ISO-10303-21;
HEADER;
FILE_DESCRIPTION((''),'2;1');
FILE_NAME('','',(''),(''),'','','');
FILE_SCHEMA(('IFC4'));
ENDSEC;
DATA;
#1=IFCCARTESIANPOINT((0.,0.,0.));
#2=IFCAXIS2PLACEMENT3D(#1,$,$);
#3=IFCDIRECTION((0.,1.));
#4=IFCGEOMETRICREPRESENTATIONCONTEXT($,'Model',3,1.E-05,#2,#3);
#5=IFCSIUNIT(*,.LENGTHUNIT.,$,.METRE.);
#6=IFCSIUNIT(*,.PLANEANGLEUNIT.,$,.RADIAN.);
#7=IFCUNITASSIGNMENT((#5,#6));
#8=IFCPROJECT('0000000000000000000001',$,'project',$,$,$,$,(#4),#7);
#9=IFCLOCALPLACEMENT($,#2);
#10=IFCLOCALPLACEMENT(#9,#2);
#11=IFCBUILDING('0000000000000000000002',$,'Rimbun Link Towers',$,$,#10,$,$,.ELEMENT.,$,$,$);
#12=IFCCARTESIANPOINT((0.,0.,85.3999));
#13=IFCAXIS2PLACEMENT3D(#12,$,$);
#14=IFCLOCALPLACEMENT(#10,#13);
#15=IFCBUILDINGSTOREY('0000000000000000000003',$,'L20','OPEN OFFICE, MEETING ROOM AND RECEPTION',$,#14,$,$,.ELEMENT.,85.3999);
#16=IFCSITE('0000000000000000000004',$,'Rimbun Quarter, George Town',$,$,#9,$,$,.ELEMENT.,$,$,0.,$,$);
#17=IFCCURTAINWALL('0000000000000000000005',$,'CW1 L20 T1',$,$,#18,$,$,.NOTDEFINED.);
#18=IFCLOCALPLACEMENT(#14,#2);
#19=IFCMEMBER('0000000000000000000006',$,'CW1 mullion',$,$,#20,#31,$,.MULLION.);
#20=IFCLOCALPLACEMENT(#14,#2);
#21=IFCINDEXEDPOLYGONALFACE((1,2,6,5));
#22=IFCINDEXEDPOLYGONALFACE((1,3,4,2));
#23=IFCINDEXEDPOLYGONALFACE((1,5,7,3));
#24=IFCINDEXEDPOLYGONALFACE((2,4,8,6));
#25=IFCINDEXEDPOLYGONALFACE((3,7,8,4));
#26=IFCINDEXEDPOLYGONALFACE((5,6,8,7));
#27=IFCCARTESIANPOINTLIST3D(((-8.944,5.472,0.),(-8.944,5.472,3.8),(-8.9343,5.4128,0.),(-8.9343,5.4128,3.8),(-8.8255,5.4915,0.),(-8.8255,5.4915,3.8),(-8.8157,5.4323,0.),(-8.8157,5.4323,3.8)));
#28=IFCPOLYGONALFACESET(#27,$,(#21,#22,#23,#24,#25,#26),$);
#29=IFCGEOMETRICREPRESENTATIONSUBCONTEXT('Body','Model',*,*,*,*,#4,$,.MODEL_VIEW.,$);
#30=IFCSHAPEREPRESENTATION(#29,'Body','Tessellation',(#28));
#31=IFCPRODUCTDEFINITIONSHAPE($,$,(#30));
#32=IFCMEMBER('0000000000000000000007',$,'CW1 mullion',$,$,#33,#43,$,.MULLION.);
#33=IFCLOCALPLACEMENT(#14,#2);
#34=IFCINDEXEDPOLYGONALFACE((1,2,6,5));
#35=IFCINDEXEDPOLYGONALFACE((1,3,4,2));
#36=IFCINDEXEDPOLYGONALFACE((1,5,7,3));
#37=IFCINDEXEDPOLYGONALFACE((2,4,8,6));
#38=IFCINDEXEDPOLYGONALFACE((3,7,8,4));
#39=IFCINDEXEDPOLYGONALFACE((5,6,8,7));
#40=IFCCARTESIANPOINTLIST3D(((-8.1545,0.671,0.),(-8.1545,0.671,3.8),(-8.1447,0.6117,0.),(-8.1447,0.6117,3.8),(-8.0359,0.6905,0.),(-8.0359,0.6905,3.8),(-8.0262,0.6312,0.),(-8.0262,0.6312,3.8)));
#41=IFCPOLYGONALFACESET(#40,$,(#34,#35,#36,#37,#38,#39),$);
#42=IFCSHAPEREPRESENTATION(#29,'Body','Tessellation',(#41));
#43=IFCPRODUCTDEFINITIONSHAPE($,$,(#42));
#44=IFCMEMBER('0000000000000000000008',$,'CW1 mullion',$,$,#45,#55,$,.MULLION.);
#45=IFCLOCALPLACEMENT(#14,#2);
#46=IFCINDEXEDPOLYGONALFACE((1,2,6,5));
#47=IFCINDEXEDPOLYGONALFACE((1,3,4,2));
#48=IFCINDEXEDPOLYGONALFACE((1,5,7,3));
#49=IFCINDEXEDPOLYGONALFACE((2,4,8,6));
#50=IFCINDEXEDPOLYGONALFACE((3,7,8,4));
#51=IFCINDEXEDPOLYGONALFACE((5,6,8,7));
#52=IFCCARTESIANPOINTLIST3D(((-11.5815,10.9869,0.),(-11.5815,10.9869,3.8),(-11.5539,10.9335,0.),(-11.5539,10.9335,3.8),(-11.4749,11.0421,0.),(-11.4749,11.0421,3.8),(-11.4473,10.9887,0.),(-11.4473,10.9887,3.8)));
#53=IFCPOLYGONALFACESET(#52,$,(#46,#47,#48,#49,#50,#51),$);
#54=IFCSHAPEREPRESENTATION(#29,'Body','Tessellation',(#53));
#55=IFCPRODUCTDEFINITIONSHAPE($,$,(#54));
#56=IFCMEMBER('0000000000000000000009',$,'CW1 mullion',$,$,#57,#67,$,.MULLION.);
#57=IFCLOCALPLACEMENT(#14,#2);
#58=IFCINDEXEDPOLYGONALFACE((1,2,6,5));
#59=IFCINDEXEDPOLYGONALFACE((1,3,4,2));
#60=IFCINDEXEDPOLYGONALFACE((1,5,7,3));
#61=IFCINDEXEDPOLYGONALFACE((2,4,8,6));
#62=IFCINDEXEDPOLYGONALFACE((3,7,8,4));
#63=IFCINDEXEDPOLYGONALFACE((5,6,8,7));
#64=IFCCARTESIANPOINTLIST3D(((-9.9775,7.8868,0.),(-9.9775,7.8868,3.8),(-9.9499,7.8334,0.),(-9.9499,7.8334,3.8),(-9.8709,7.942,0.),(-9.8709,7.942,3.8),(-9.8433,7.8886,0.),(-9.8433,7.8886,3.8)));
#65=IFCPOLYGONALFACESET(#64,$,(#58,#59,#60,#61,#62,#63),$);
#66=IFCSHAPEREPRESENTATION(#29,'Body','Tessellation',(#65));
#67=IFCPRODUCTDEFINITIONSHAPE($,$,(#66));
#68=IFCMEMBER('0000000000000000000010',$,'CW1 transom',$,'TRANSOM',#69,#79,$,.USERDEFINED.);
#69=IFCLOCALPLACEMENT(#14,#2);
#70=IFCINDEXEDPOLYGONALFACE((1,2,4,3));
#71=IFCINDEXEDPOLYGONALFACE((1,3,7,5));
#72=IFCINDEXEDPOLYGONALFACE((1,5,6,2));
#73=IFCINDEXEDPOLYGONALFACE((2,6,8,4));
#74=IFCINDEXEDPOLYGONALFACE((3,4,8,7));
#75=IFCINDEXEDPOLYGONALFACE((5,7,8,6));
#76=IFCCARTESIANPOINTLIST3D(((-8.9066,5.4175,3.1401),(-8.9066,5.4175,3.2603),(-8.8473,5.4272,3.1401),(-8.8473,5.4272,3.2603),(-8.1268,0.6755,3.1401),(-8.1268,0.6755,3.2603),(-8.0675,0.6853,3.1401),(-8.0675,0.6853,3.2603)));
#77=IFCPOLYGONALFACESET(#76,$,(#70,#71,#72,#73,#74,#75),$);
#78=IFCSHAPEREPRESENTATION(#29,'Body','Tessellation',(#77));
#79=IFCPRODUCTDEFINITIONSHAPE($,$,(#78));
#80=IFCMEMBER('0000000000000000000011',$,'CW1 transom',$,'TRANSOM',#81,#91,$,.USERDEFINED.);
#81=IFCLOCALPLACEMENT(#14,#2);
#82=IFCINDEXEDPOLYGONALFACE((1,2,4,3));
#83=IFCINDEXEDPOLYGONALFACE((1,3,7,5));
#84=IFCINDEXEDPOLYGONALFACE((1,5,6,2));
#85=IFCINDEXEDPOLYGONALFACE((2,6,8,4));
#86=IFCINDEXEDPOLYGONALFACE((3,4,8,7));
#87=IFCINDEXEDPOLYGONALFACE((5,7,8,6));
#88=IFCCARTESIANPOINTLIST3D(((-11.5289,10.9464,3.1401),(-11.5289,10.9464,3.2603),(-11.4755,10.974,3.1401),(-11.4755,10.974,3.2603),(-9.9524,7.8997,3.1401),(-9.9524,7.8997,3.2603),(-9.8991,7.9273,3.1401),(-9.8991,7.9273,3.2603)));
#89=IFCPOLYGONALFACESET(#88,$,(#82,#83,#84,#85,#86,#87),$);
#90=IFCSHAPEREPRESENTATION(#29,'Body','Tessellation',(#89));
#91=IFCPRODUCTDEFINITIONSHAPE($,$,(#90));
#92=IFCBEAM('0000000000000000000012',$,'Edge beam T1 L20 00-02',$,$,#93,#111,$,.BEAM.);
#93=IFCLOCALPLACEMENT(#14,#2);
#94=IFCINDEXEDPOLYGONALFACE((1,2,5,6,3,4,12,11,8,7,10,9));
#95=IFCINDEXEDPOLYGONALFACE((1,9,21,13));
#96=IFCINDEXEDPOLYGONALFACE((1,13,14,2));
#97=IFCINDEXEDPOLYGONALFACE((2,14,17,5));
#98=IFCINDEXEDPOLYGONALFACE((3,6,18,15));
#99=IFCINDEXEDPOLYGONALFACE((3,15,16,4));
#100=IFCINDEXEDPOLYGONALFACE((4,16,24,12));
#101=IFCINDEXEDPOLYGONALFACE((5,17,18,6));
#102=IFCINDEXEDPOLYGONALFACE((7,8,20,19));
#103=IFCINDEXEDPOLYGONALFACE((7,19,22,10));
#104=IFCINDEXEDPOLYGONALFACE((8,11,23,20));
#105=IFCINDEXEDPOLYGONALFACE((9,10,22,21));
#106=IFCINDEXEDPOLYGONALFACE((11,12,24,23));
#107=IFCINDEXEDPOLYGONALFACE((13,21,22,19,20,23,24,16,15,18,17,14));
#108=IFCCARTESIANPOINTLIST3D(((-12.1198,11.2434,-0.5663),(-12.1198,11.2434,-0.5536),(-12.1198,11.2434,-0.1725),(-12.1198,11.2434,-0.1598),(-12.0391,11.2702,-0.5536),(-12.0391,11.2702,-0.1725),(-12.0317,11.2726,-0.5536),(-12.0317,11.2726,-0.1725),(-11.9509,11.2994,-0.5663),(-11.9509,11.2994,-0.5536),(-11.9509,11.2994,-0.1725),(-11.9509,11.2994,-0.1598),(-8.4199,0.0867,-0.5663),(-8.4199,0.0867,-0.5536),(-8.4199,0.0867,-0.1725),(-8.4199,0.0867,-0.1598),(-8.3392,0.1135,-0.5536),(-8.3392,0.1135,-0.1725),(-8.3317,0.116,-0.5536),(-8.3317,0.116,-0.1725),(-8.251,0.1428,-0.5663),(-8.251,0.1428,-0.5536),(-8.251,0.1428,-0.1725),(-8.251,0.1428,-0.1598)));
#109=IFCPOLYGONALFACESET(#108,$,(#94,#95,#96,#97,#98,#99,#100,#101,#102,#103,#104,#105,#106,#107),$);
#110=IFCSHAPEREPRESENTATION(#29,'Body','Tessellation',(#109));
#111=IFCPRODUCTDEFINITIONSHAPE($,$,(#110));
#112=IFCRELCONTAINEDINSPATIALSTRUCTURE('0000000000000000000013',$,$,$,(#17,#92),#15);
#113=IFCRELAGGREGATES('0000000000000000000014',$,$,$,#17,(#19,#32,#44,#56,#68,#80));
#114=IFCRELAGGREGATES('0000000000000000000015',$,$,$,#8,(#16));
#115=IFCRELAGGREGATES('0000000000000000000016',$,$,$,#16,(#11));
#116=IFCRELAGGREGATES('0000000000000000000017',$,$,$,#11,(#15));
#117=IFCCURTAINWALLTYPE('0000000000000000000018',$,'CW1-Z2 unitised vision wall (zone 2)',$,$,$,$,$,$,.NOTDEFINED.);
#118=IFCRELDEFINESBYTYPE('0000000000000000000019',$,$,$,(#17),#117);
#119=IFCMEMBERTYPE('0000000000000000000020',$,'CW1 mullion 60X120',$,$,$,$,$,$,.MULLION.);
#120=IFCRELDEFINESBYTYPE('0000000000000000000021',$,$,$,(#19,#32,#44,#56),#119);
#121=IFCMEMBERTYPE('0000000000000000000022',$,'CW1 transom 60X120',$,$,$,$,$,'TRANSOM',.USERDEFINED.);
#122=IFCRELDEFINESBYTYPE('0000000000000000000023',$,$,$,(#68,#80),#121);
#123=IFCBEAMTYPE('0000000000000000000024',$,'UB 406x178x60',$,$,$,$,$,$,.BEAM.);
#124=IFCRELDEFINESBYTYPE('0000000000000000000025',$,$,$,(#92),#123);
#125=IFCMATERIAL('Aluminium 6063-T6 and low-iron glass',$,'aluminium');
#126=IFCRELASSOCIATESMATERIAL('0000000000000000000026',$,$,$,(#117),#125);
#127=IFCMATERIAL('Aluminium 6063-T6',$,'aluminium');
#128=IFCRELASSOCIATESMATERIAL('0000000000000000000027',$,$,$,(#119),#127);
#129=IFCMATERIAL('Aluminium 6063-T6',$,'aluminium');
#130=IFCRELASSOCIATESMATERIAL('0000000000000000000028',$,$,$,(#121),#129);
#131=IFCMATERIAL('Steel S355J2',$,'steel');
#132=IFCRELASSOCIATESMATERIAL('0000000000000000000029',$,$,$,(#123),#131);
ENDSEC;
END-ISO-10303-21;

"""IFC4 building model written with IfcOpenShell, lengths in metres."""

from ifc_helpers import new_model, si_unit, direction, frame, origin, origin_2d, place, context, subcontext, project, spatial, rectangle, i_section, extrude, material, material_profile, profile_set, type_object, element, aggregate, save


model = new_model("IFC4")

# Units and contexts
model_context = context("Model", 3, precision=1e-05, world=origin(), true_north=direction((0.0, 1.0)))
body_context = subcontext(model_context, "Body", "Model", "MODEL_VIEW")
ifc_project = project(units=[si_unit("LENGTHUNIT", "METRE"), si_unit("PLANEANGLEUNIT", "RADIAN")], contexts=[model_context])

# Site, building, storey
site_placement = place(None, origin())
site = spatial("IfcSite", under=ifc_project, at=site_placement, Name="Rimbun Quarter, George Town", CompositionType="ELEMENT", RefElevation=0.0)
building_placement = place(site_placement, origin())
building = spatial("IfcBuilding", under=site, at=building_placement, Name="Rimbun Link Towers", CompositionType="ELEMENT")
storey_placement = place(building_placement, frame((0.0, 0.0, 85.3999)))
storey = spatial("IfcBuildingStorey", under=building, at=storey_placement, Name="L20", Description="OPEN OFFICE, MEETING ROOM AND RECEPTION", CompositionType="ELEMENT", Elevation=85.3999)

# Curtain wall, members
ifc_material_1 = material(Name="Aluminium 6063-T6 and low-iron glass", Category="aluminium")
curtain_wall_type = type_object("IfcCurtainWallType", Name="CW1-Z2 unitised vision wall (zone 2)", PredefinedType="NOTDEFINED", material=ifc_material_1)
curtain_wall_placement = place(storey_placement, origin())
curtain_wall = element("IfcCurtainWall", 1, at=curtain_wall_placement, inside=storey, type_object=curtain_wall_type, Name="CW1 L20 T1", PredefinedType="NOTDEFINED")
ifc_material_2 = material(Name="Aluminium 6063-T6", Category="aluminium")
ifc_material_profile_1 = material_profile(ifc_material_2, rectangle(XDim=0.1201, YDim=0.0601, at=origin_2d()), Name="MULLION 60X120")
ifc_profile_set_1 = profile_set([ifc_material_profile_1], Name="Aluminium 6063-T6")
member_type_1 = type_object("IfcMemberType", Name="CW1 mullion 60X120", PredefinedType="MULLION", material=ifc_profile_set_1)
member_1_placement = place(storey_placement, frame((-8.8799, 5.4521, 0.0), z_axis=(0.0, 0.0, 1.0), x_axis=(0.986749, 0.162255, 0.0)))
member_1 = element("IfcMember", 2, at=member_1_placement, type_object=member_type_1, Name="CW1 mullion", PredefinedType="MULLION", context=body_context, shape_type="SweptSolid", body=[
    extrude(rectangle(XDim=0.1201, YDim=0.0601, at=origin_2d()), origin(), (0.0, 0.0, 1.0), 3.8),
])
member_2_placement = place(storey_placement, frame((-8.0903, 0.6511, 0.0), z_axis=(0.0, 0.0, 1.0), x_axis=(0.986749, 0.162255, 0.0)))
member_2 = element("IfcMember", 3, at=member_2_placement, type_object=member_type_1, Name="CW1 mullion", PredefinedType="MULLION", context=body_context, shape_type="SweptSolid", body=[
    extrude(rectangle(XDim=0.1201, YDim=0.0601, at=origin_2d()), origin(), (0.0, 0.0, 1.0), 3.8),
])
member_3_placement = place(storey_placement, frame((-11.5144, 10.9878, 0.0), z_axis=(0.0, 0.0, 1.0), x_axis=(0.888155, 0.459544, 0.0)))
member_3 = element("IfcMember", 4, at=member_3_placement, type_object=member_type_1, Name="CW1 mullion", PredefinedType="MULLION", context=body_context, shape_type="SweptSolid", body=[
    extrude(rectangle(XDim=0.1201, YDim=0.0601, at=origin_2d()), origin(), (0.0, 0.0, 1.0), 3.8),
])
member_4_placement = place(storey_placement, frame((-9.9104, 7.8877, 0.0), z_axis=(0.0, 0.0, 1.0), x_axis=(0.888155, 0.459544, 0.0)))
member_4 = element("IfcMember", 5, at=member_4_placement, type_object=member_type_1, Name="CW1 mullion", PredefinedType="MULLION", context=body_context, shape_type="SweptSolid", body=[
    extrude(rectangle(XDim=0.1201, YDim=0.0601, at=origin_2d()), origin(), (0.0, 0.0, 1.0), 3.8),
])
ifc_material_3 = material(Name="Aluminium 6063-T6", Category="aluminium")
ifc_material_profile_2 = material_profile(ifc_material_3, rectangle(XDim=0.0601, YDim=0.1201, at=origin_2d()), Name="TRANSOM 60X120")
ifc_profile_set_2 = profile_set([ifc_material_profile_2], Name="Aluminium 6063-T6")
member_type_2 = type_object("IfcMemberType", Name="CW1 transom 60X120", ElementType="TRANSOM", PredefinedType="USERDEFINED", material=ifc_profile_set_2)
member_5_placement = place(storey_placement, frame((-8.877, 5.4224, 3.2002), z_axis=(0.162265, -0.986747, 0.0), x_axis=(0.986747, 0.162265, 0.0)))
member_5 = element("IfcMember", 6, at=member_5_placement, type_object=member_type_2, Name="CW1 transom", ObjectType="TRANSOM", PredefinedType="USERDEFINED", context=body_context, shape_type="SweptSolid", body=[
    extrude(rectangle(XDim=0.0601, YDim=0.1201, at=origin_2d()), origin(), (0.0, 0.0, 1.0), 4.8057),
])
member_6_placement = place(storey_placement, frame((-11.5022, 10.9602, 3.2002), z_axis=(0.459555, -0.88815, 0.0), x_axis=(0.88815, 0.459555, 0.0)))
member_6 = element("IfcMember", 7, at=member_6_placement, type_object=member_type_2, Name="CW1 transom", ObjectType="TRANSOM", PredefinedType="USERDEFINED", context=body_context, shape_type="SweptSolid", body=[
    extrude(rectangle(XDim=0.0601, YDim=0.1201, at=origin_2d()), origin(), (0.0, 0.0, 1.0), 3.4304),
])

# Beam
ifc_material_4 = material(Name="Steel S355J2", Category="steel")
ifc_material_profile_3 = material_profile(ifc_material_4, i_section(OverallWidth=0.178, OverallDepth=0.4065, WebThickness=0.0078, FlangeThickness=0.0127, at=origin_2d()), Name="UB 406x178x60")
ifc_profile_set_3 = profile_set([ifc_material_profile_3], Name="Steel S355J2")
beam_type = type_object("IfcBeamType", Name="UB 406x178x60", PredefinedType="BEAM", material=ifc_profile_set_3)
beam_placement = place(storey_placement, frame((-8.3354, 0.1147, -0.363), z_axis=(-0.314776, 0.949166, 0.0), x_axis=(-0.949166, -0.314776, 0.0)))
element("IfcBeam", 8, at=beam_placement, inside=storey, type_object=beam_type, Name="Edge beam T1 L20 00-02", PredefinedType="BEAM", context=body_context, shape_type="SweptSolid", body=[
    extrude(i_section(OverallWidth=0.178, OverallDepth=0.4065, WebThickness=0.0078, FlangeThickness=0.0127, at=origin_2d()), origin(), (0.0, 0.0, 1.0), 11.7542),
])

aggregate(curtain_wall, [member_1, member_2, member_3, member_4, member_5, member_6])

save(model, "model.ifc")
